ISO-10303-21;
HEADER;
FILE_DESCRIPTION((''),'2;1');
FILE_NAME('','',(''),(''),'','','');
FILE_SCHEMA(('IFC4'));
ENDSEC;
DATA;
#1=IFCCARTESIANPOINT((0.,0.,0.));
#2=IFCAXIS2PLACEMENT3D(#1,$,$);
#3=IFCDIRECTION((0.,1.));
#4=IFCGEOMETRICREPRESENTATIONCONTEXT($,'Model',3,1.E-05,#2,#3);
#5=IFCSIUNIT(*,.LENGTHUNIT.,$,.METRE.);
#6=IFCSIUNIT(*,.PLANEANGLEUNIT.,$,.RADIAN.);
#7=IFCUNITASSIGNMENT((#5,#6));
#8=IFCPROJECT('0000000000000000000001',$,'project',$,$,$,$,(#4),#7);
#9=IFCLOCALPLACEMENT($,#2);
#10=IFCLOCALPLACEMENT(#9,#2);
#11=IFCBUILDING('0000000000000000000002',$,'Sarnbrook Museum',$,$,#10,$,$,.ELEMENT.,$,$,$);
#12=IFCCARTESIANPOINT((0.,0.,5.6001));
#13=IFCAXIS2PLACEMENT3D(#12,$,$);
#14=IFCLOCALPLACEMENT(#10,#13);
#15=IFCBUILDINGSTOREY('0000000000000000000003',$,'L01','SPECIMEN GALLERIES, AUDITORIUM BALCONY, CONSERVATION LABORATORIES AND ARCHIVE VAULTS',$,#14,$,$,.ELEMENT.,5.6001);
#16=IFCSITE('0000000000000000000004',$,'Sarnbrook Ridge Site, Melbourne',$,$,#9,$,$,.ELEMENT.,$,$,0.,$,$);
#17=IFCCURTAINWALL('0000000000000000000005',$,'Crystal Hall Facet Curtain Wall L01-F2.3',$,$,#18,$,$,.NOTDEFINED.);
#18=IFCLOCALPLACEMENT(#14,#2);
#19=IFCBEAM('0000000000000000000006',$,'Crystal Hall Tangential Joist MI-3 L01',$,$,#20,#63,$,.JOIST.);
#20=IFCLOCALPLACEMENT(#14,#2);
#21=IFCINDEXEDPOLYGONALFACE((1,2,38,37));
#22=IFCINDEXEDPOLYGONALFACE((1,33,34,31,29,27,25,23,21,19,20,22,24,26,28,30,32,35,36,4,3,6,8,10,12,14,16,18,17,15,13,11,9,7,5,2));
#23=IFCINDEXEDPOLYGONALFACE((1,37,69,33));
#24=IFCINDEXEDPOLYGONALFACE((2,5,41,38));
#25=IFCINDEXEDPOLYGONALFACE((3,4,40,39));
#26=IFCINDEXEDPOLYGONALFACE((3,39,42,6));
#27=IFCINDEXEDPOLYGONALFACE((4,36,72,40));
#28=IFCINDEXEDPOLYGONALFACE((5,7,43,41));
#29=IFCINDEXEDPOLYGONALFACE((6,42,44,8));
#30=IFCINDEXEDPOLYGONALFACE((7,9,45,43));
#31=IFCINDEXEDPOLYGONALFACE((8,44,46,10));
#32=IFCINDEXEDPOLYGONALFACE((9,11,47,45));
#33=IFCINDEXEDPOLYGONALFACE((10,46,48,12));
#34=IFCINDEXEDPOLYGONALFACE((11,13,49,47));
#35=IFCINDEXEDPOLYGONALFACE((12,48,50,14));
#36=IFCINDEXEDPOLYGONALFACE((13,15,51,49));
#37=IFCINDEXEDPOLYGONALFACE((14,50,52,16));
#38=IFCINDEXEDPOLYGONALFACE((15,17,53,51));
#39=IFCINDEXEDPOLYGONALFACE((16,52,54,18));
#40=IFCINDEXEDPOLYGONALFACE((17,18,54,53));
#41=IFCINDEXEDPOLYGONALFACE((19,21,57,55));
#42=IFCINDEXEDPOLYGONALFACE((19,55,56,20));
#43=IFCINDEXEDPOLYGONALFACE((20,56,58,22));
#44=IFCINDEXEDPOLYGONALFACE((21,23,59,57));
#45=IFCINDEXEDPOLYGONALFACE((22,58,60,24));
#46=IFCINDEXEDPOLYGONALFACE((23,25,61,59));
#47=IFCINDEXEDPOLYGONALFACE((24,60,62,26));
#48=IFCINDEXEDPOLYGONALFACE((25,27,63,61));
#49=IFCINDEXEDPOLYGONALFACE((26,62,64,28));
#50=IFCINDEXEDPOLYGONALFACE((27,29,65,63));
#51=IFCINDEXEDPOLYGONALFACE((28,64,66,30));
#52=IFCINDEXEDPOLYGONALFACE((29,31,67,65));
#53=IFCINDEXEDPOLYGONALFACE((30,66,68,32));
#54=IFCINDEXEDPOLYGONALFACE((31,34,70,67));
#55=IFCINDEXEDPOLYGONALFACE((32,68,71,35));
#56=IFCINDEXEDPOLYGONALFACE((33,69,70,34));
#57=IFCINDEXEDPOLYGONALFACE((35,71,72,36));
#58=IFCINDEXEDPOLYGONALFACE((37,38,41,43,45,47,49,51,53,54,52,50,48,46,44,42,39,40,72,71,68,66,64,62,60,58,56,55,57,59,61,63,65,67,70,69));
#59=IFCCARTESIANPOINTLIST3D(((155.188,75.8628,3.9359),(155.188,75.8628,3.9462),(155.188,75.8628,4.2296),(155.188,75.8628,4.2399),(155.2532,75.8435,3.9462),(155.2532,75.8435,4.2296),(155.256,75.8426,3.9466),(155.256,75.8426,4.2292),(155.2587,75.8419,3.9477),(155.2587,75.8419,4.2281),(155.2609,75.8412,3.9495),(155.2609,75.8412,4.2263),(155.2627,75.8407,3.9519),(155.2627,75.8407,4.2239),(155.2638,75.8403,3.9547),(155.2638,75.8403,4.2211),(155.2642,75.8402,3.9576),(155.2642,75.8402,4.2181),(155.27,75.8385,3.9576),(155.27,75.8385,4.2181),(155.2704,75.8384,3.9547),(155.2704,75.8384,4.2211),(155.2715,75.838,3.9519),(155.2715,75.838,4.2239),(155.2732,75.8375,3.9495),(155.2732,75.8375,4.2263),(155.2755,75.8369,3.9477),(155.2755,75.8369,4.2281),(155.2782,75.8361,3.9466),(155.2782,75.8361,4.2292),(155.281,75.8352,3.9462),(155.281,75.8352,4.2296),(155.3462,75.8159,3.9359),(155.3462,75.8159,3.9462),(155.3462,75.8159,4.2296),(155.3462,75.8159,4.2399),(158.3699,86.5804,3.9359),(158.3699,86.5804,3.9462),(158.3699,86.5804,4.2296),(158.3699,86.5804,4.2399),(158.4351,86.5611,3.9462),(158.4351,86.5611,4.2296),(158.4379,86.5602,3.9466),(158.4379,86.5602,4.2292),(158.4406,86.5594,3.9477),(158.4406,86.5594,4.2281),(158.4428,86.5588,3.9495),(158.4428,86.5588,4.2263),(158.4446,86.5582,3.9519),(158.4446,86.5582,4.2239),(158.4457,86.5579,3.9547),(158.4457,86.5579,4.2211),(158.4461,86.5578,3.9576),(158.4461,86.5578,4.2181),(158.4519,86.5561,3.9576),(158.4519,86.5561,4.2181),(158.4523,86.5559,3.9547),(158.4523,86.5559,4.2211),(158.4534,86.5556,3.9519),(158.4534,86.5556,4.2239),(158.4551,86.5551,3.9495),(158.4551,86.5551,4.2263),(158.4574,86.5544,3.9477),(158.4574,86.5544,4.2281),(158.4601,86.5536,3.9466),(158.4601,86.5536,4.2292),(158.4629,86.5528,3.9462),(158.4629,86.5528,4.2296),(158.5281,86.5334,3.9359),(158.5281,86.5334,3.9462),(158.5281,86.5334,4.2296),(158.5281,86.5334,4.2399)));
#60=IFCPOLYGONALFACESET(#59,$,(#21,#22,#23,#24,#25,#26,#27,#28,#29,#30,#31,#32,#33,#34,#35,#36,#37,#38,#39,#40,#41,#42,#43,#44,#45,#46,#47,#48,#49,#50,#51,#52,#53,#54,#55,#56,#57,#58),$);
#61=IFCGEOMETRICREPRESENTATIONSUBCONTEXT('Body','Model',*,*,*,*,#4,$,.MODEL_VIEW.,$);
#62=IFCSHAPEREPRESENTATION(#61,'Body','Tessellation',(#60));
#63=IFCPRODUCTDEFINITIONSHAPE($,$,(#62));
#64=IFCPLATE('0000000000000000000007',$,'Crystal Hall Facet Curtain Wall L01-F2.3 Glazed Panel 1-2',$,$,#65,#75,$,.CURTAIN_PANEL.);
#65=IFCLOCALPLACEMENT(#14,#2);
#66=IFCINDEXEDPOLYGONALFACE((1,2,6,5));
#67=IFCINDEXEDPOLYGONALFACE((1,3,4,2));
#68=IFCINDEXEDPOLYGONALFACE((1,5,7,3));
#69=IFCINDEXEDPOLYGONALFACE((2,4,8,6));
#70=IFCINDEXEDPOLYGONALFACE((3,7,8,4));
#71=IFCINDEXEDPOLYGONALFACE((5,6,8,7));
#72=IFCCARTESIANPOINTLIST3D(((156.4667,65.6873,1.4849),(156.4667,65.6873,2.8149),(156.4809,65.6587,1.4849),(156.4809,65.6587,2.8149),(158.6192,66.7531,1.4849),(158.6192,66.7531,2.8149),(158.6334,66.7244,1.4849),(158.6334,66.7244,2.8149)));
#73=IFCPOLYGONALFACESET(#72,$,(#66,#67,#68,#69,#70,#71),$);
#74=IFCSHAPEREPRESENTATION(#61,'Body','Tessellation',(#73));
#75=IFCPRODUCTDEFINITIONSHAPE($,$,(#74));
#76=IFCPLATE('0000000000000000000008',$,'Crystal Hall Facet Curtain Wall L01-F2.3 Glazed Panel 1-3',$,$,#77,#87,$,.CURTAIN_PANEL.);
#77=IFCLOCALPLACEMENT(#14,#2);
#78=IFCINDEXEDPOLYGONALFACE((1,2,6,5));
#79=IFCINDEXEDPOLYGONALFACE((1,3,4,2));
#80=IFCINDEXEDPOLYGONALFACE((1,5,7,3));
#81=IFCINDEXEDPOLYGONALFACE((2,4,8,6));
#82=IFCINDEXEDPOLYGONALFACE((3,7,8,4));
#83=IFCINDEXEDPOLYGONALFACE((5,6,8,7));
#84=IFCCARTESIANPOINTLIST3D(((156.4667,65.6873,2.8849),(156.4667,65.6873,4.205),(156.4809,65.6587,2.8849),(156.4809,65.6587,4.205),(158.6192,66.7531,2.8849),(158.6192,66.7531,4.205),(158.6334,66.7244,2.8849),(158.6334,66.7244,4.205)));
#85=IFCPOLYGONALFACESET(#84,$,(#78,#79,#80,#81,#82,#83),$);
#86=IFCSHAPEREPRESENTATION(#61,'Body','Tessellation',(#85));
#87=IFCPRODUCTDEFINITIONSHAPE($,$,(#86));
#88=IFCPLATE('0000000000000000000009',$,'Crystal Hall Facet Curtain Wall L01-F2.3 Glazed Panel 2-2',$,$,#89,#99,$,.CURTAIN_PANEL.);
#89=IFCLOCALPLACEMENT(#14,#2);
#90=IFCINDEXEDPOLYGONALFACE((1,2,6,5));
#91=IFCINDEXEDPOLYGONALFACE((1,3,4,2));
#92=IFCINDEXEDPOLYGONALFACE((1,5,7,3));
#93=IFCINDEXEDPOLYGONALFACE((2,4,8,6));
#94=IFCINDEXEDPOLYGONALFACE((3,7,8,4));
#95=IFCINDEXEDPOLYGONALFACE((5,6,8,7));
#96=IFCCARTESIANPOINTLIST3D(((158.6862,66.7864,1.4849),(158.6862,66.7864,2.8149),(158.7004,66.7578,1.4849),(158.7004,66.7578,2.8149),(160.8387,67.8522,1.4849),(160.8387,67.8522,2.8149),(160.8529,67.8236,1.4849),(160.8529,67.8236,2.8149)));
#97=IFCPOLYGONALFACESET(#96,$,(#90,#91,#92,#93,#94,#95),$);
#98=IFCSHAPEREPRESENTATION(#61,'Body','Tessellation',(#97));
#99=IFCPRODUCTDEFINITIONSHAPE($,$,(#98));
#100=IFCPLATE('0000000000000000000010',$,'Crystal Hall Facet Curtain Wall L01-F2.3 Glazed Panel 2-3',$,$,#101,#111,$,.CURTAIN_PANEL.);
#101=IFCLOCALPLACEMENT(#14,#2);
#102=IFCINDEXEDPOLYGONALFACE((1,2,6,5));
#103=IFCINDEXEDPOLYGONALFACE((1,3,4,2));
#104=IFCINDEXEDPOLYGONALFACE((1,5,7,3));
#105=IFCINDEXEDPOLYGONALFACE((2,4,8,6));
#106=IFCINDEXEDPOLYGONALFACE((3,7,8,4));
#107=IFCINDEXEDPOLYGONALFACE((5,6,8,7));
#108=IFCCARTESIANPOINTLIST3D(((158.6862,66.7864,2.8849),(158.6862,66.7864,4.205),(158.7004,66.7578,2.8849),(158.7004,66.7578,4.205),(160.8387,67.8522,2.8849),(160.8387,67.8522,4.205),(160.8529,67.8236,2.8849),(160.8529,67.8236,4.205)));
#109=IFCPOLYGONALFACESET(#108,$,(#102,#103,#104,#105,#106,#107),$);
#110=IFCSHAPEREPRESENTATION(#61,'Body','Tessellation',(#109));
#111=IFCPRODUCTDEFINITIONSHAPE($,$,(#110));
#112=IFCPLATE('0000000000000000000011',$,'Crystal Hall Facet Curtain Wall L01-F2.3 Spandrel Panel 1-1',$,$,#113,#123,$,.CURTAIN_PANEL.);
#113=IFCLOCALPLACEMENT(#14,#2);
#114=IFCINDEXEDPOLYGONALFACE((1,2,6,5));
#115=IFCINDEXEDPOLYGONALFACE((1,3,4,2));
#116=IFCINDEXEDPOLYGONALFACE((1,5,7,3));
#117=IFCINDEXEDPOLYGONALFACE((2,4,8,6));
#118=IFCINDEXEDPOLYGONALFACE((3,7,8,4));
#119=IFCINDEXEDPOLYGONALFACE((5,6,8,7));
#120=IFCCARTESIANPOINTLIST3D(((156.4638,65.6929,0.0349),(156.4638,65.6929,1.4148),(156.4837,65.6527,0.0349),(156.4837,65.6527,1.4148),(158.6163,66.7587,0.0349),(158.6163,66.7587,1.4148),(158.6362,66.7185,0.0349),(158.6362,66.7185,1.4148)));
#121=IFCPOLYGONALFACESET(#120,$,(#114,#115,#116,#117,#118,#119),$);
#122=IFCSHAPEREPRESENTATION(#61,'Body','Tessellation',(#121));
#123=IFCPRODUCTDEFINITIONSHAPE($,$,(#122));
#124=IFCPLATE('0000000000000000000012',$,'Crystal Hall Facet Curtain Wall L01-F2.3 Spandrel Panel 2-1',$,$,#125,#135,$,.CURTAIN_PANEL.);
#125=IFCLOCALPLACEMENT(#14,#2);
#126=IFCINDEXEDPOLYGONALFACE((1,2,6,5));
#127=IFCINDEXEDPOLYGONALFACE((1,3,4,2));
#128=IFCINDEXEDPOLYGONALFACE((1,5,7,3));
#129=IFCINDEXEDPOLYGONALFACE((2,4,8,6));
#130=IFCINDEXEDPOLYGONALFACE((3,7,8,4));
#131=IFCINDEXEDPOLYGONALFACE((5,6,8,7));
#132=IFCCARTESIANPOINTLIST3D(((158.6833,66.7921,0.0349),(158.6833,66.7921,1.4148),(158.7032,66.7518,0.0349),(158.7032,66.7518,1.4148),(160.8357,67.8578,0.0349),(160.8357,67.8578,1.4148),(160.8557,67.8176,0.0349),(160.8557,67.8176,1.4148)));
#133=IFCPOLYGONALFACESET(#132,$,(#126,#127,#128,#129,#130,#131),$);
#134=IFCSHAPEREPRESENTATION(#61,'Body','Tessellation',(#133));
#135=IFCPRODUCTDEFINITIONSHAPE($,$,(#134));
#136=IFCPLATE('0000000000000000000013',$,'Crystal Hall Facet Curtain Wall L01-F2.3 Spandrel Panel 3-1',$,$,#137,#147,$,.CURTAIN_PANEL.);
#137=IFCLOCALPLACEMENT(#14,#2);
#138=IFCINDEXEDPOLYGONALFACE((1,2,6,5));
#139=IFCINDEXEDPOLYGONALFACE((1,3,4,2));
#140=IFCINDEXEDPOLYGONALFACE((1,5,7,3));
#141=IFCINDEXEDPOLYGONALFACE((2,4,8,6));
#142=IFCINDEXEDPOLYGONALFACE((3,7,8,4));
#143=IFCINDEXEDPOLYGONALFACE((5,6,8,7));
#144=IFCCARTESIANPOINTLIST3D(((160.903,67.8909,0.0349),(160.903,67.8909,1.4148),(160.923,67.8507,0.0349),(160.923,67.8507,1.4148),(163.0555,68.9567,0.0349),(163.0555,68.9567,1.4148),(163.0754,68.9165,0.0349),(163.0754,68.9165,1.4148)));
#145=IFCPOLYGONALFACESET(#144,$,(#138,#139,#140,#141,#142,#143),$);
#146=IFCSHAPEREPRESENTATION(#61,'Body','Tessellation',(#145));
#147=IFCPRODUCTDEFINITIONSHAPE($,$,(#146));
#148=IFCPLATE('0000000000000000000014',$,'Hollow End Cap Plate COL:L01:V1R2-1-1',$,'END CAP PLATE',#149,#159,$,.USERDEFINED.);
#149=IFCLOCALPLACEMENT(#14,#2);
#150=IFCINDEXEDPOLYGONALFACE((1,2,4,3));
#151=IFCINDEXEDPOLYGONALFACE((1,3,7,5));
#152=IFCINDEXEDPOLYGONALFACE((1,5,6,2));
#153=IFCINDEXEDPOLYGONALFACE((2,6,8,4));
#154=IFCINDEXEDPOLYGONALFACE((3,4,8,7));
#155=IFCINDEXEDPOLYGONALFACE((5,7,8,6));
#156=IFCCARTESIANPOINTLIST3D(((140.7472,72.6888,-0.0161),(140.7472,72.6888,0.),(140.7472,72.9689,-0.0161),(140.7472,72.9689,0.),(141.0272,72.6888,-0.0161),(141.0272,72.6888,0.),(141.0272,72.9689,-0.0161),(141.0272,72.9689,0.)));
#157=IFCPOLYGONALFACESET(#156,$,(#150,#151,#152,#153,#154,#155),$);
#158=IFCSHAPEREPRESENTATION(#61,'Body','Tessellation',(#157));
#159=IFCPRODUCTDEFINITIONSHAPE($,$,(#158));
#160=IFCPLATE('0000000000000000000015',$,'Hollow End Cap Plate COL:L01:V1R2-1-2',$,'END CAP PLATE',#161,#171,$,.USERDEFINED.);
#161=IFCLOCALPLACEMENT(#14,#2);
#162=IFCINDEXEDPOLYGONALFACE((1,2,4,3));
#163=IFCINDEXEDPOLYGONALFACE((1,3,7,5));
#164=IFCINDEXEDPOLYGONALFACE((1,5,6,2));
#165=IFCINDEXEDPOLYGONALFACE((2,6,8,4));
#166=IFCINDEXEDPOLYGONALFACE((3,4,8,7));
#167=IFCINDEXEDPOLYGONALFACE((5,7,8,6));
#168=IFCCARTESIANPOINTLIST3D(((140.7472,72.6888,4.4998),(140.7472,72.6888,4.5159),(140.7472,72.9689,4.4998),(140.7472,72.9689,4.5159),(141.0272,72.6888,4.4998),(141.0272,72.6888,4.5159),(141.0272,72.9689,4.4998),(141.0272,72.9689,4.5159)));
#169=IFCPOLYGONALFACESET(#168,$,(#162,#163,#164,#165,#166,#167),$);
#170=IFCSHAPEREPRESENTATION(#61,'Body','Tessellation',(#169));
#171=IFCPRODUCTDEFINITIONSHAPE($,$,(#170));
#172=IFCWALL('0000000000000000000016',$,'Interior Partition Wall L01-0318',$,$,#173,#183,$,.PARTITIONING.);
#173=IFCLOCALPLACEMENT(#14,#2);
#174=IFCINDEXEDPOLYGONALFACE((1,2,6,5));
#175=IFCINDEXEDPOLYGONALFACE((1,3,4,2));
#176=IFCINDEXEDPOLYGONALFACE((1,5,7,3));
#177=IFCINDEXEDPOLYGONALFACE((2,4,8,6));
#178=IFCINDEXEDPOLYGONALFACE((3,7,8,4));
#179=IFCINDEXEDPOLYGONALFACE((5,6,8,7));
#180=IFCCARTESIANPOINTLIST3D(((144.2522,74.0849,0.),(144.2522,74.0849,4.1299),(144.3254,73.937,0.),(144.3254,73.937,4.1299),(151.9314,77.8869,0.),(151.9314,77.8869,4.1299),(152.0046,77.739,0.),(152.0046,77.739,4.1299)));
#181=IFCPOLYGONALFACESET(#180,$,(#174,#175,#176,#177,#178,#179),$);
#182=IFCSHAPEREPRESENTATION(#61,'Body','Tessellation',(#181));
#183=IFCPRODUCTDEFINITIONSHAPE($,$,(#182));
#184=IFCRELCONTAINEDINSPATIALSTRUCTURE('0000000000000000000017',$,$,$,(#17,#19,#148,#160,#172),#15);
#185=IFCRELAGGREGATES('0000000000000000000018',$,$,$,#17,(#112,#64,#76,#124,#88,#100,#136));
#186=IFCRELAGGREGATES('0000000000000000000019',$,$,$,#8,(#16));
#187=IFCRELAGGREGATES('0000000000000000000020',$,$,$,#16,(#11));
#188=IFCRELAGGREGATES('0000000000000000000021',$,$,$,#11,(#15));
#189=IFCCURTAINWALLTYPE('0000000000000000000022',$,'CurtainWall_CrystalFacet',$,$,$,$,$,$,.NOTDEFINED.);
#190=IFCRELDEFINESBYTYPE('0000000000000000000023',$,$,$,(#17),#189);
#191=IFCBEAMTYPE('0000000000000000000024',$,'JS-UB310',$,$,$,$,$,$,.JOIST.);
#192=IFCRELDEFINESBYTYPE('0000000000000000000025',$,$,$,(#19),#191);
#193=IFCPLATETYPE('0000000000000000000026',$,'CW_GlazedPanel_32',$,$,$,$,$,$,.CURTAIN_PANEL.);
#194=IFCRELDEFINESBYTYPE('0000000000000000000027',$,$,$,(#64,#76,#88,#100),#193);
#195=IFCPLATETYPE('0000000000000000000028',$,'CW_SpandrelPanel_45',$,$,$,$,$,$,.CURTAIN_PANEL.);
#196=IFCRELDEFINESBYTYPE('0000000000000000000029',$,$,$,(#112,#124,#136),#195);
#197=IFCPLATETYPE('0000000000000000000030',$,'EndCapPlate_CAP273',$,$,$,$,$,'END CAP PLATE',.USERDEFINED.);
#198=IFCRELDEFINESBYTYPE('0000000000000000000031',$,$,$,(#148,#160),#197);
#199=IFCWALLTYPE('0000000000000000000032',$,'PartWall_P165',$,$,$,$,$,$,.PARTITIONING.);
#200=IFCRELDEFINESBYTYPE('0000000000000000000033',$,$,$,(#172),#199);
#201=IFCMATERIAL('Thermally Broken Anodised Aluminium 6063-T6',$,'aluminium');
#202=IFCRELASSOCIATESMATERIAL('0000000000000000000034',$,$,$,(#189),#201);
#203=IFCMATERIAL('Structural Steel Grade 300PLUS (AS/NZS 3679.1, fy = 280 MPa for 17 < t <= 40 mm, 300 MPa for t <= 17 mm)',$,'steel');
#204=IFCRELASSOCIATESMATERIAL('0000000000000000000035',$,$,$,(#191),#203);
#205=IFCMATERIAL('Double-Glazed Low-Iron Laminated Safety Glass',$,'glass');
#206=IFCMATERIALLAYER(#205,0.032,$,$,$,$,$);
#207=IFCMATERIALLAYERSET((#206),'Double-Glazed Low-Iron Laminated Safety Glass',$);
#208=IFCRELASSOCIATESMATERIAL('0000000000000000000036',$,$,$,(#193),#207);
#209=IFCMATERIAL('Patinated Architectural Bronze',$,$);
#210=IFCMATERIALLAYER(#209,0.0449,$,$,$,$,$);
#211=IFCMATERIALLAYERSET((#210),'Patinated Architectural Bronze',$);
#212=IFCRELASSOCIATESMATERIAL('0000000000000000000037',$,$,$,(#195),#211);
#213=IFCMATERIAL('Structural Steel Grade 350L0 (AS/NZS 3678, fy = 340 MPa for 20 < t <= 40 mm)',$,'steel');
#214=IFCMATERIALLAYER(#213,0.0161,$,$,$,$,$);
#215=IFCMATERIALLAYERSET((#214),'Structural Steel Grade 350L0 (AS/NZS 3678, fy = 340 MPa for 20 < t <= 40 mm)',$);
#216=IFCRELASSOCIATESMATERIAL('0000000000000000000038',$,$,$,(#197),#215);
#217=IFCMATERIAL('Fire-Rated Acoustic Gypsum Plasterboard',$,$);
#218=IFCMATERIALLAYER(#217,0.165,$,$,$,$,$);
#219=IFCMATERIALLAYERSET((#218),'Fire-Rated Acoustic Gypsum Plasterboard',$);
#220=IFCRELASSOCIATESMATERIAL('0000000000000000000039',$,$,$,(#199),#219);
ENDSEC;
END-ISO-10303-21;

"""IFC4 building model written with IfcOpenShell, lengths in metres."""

from ifc_helpers import new_model, si_unit, direction, frame, frame_2d, origin, origin_2d, place, context, subcontext, project, spatial, rectangle, i_section, extrude, material, layer, layer_set, material_profile, profile_set, type_object, element, aggregate, save


model = new_model("IFC4")

# Units and contexts
model_context = context("Model", 3, precision=1e-05, world=origin(), true_north=direction((0.0, 1.0)))
body_context = subcontext(model_context, "Body", "Model", "MODEL_VIEW")
ifc_project = project(units=[si_unit("LENGTHUNIT", "METRE"), si_unit("PLANEANGLEUNIT", "RADIAN")], contexts=[model_context])

# Site, building, storey
site_placement = place(None, origin())
site = spatial("IfcSite", under=ifc_project, at=site_placement, Name="Sarnbrook Ridge Site, Melbourne", CompositionType="ELEMENT", RefElevation=0.0)
building_placement = place(site_placement, origin())
building = spatial("IfcBuilding", under=site, at=building_placement, Name="Sarnbrook Museum", CompositionType="ELEMENT")
storey_placement = place(building_placement, frame((0.0, 0.0, 5.6001)))
storey = spatial("IfcBuildingStorey", under=building, at=storey_placement, Name="L01", Description="SPECIMEN GALLERIES, AUDITORIUM BALCONY, CONSERVATION LABORATORIES AND ARCHIVE VAULTS", CompositionType="ELEMENT", Elevation=5.6001)

# Shared definitions
ifc_material_1 = material(Name="Structural Steel Grade 350L0 (AS/NZS 3678, fy = 340 MPa for 20 < t <= 40 mm)", Category="steel")

# Shared definitions
ifc_material_2 = material(Name="Structural Steel Grade 300PLUS (AS/NZS 3679.1, fy = 280 MPa for 17 < t <= 40 mm, 300 MPa for t <= 17 mm)", Category="steel")

# Curtain wall
ifc_material_3 = material(Name="Thermally Broken Anodised Aluminium 6063-T6", Category="aluminium")
curtain_wall_type = type_object("IfcCurtainWallType", Name="CurtainWall_CrystalFacet", PredefinedType="NOTDEFINED", material=ifc_material_3)
curtain_wall_placement = place(storey_placement, origin())
curtain_wall = element("IfcCurtainWall", 1, at=curtain_wall_placement, inside=storey, type_object=curtain_wall_type, Name="Crystal Hall Facet Curtain Wall L01-F2.3", PredefinedType="NOTDEFINED")

# Beam
ifc_material_profile_1 = material_profile(ifc_material_2, i_section(OverallWidth=0.165, OverallDepth=0.304, WebThickness=0.0061, FlangeThickness=0.0103, FilletRadius=0.0115, at=origin_2d()), Name="310UB40.4")
ifc_profile_set_1 = profile_set([ifc_material_profile_1], Name="Structural Steel Grade 300PLUS (AS/NZS 3679.1, fy = 280 MPa for 17 < t <= 40 mm, 300 MPa for t <= 17 mm)")
beam_type_1 = type_object("IfcBeamType", Name="JS-UB310", PredefinedType="JOIST", material=ifc_profile_set_1)
beam_1_placement = place(storey_placement, frame((155.2671, 75.8394, 4.0879), z_axis=(0.284608, 0.958644, 0.0), x_axis=(-0.958644, 0.284608, 0.0)))
element("IfcBeam", 2, at=beam_1_placement, inside=storey, type_object=beam_type_1, Name="Crystal Hall Tangential Joist MI-3 L01", PredefinedType="JOIST", context=body_context, shape_type="SweptSolid", body=[
    extrude(i_section(OverallWidth=0.165, OverallDepth=0.304, WebThickness=0.0061, FlangeThickness=0.0103, FilletRadius=0.0115, at=origin_2d()), origin(), (0.0, 0.0, 1.0), 11.1799),
])

# Plates
ifc_material_4 = material(Name="Double-Glazed Low-Iron Laminated Safety Glass", Category="glass")
ifc_layer_1 = layer(ifc_material_4, 0.032)
ifc_layer_set_1 = layer_set([ifc_layer_1], Name="Double-Glazed Low-Iron Laminated Safety Glass")
plate_type_1 = type_object("IfcPlateType", Name="CW_GlazedPanel_32", PredefinedType="CURTAIN_PANEL", material=ifc_layer_set_1)
plate_1_placement = place(storey_placement, frame((157.543, 66.2202, 2.1499), z_axis=(0.443729, -0.896161, 0.0), x_axis=(0.896161, 0.443729, 0.0)))
plate_1 = element("IfcPlate", 3, at=plate_1_placement, type_object=plate_type_1, Name="Crystal Hall Facet Curtain Wall L01-F2.3 Glazed Panel 1-2", PredefinedType="CURTAIN_PANEL", context=body_context, shape_type="SweptSolid", body=[
    extrude(rectangle(XDim=2.4019, YDim=1.3301, at=origin_2d()), origin(), (0.0, 0.0, 1.0), 0.032),
])
plate_2_placement = place(storey_placement, frame((157.543, 66.2202, 3.5449), z_axis=(0.443729, -0.896161, 0.0), x_axis=(0.896161, 0.443729, 0.0)))
plate_2 = element("IfcPlate", 4, at=plate_2_placement, type_object=plate_type_1, Name="Crystal Hall Facet Curtain Wall L01-F2.3 Glazed Panel 1-3", PredefinedType="CURTAIN_PANEL", context=body_context, shape_type="SweptSolid", body=[
    extrude(rectangle(XDim=2.4019, YDim=1.3201, at=origin_2d()), origin(), (0.0, 0.0, 1.0), 0.032),
])
plate_3_placement = place(storey_placement, frame((159.7625, 67.3193, 2.1499), z_axis=(0.443729, -0.896161, 0.0), x_axis=(0.896161, 0.443729, 0.0)))
plate_3 = element("IfcPlate", 5, at=plate_3_placement, type_object=plate_type_1, Name="Crystal Hall Facet Curtain Wall L01-F2.3 Glazed Panel 2-2", PredefinedType="CURTAIN_PANEL", context=body_context, shape_type="SweptSolid", body=[
    extrude(rectangle(XDim=2.4019, YDim=1.3301, at=origin_2d()), origin(), (0.0, 0.0, 1.0), 0.032),
])
plate_4_placement = place(storey_placement, frame((159.7625, 67.3193, 3.5449), z_axis=(0.443729, -0.896161, 0.0), x_axis=(0.896161, 0.443729, 0.0)))
plate_4 = element("IfcPlate", 6, at=plate_4_placement, type_object=plate_type_1, Name="Crystal Hall Facet Curtain Wall L01-F2.3 Glazed Panel 2-3", PredefinedType="CURTAIN_PANEL", context=body_context, shape_type="SweptSolid", body=[
    extrude(rectangle(XDim=2.4019, YDim=1.3201, at=origin_2d()), origin(), (0.0, 0.0, 1.0), 0.032),
])
ifc_material_5 = material(Name="Patinated Architectural Bronze")
ifc_layer_2 = layer(ifc_material_5, 0.0449)
ifc_layer_set_2 = layer_set([ifc_layer_2], Name="Patinated Architectural Bronze")
plate_type_2 = type_object("IfcPlateType", Name="CW_SpandrelPanel_45", PredefinedType="CURTAIN_PANEL", material=ifc_layer_set_2)
plate_5_placement = place(storey_placement, frame((157.54, 66.2258, 0.7249), z_axis=(0.443729, -0.896161, 0.0), x_axis=(0.896161, 0.443729, 0.0)))
plate_5 = element("IfcPlate", 7, at=plate_5_placement, type_object=plate_type_2, Name="Crystal Hall Facet Curtain Wall L01-F2.3 Spandrel Panel 1-1", PredefinedType="CURTAIN_PANEL", context=body_context, shape_type="SweptSolid", body=[
    extrude(rectangle(XDim=2.4019, YDim=1.3799, at=origin_2d()), origin(), (0.0, 0.0, 1.0), 0.0449),
])
plate_6_placement = place(storey_placement, frame((159.7595, 67.325, 0.7249), z_axis=(0.443729, -0.896161, 0.0), x_axis=(0.896161, 0.443729, 0.0)))
plate_6 = element("IfcPlate", 8, at=plate_6_placement, type_object=plate_type_2, Name="Crystal Hall Facet Curtain Wall L01-F2.3 Spandrel Panel 2-1", PredefinedType="CURTAIN_PANEL", context=body_context, shape_type="SweptSolid", body=[
    extrude(rectangle(XDim=2.4019, YDim=1.3799, at=origin_2d()), origin(), (0.0, 0.0, 1.0), 0.0449),
])
plate_7_placement = place(storey_placement, frame((161.9792, 68.4238, 0.7249), z_axis=(0.443729, -0.896161, 0.0), x_axis=(0.896161, 0.443729, 0.0)))
plate_7 = element("IfcPlate", 9, at=plate_7_placement, type_object=plate_type_2, Name="Crystal Hall Facet Curtain Wall L01-F2.3 Spandrel Panel 3-1", PredefinedType="CURTAIN_PANEL", context=body_context, shape_type="SweptSolid", body=[
    extrude(rectangle(XDim=2.4019, YDim=1.3799, at=origin_2d()), origin(), (0.0, 0.0, 1.0), 0.0449),
])
aggregate(curtain_wall, [plate_5, plate_1, plate_2, plate_6, plate_3, plate_4, plate_7])

# Plates
ifc_layer_3 = layer(ifc_material_1, 0.0161)
ifc_layer_set_3 = layer_set([ifc_layer_3], Name="Structural Steel Grade 350L0 (AS/NZS 3678, fy = 340 MPa for 20 < t <= 40 mm)")
plate_type_3 = type_object("IfcPlateType", Name="EndCapPlate_CAP273", ElementType="END CAP PLATE", PredefinedType="USERDEFINED", material=ifc_layer_set_3)
for number, where, z_axis, x_axis, name in (
    (10, (140.8872, 72.8289, -0.0161), (0.0, 0.0, 1.0), (1.0, 0.0, 0.0), "Hollow End Cap Plate COL:L01:V1R2-1-1"),
    (11, (140.8872, 72.8289, 4.4998), (0.0, 0.0, 1.0), (1.0, 0.0, 0.0), "Hollow End Cap Plate COL:L01:V1R2-1-2"),
):
    element("IfcPlate", number, at=place(storey_placement, frame(where, z_axis=z_axis, x_axis=x_axis)), inside=storey, type_object=plate_type_3, Name=name, ObjectType="END CAP PLATE", PredefinedType="USERDEFINED", context=body_context, shape_type="SweptSolid", body=[
        extrude(rectangle(XDim=0.28, YDim=0.28, at=origin_2d()), origin(), (0.0, 0.0, 1.0), 0.0161),
    ])

# Wall
ifc_material_6 = material(Name="Fire-Rated Acoustic Gypsum Plasterboard")
ifc_layer_4 = layer(ifc_material_6, 0.165)
ifc_layer_set_4 = layer_set([ifc_layer_4], Name="Fire-Rated Acoustic Gypsum Plasterboard")
wall_type_1 = type_object("IfcWallType", Name="PartWall_P165", PredefinedType="PARTITIONING", material=ifc_layer_set_4)
wall_1_placement = place(storey_placement, frame((144.2888, 74.011, 0.0), z_axis=(0.0, 0.0, 1.0), x_axis=(0.896175, 0.4437, 0.0)))
element("IfcWall", 12, at=wall_1_placement, inside=storey, type_object=wall_type_1, Name="Interior Partition Wall L01-0318", PredefinedType="PARTITIONING", context=body_context, shape_type="SweptSolid", body=[
    extrude(rectangle(XDim=8.5688, YDim=0.165, at=frame_2d((4.2844, 0.0))), origin(), (0.0, 0.0, 1.0), 4.1299),
])

save(model, "model.ifc")
